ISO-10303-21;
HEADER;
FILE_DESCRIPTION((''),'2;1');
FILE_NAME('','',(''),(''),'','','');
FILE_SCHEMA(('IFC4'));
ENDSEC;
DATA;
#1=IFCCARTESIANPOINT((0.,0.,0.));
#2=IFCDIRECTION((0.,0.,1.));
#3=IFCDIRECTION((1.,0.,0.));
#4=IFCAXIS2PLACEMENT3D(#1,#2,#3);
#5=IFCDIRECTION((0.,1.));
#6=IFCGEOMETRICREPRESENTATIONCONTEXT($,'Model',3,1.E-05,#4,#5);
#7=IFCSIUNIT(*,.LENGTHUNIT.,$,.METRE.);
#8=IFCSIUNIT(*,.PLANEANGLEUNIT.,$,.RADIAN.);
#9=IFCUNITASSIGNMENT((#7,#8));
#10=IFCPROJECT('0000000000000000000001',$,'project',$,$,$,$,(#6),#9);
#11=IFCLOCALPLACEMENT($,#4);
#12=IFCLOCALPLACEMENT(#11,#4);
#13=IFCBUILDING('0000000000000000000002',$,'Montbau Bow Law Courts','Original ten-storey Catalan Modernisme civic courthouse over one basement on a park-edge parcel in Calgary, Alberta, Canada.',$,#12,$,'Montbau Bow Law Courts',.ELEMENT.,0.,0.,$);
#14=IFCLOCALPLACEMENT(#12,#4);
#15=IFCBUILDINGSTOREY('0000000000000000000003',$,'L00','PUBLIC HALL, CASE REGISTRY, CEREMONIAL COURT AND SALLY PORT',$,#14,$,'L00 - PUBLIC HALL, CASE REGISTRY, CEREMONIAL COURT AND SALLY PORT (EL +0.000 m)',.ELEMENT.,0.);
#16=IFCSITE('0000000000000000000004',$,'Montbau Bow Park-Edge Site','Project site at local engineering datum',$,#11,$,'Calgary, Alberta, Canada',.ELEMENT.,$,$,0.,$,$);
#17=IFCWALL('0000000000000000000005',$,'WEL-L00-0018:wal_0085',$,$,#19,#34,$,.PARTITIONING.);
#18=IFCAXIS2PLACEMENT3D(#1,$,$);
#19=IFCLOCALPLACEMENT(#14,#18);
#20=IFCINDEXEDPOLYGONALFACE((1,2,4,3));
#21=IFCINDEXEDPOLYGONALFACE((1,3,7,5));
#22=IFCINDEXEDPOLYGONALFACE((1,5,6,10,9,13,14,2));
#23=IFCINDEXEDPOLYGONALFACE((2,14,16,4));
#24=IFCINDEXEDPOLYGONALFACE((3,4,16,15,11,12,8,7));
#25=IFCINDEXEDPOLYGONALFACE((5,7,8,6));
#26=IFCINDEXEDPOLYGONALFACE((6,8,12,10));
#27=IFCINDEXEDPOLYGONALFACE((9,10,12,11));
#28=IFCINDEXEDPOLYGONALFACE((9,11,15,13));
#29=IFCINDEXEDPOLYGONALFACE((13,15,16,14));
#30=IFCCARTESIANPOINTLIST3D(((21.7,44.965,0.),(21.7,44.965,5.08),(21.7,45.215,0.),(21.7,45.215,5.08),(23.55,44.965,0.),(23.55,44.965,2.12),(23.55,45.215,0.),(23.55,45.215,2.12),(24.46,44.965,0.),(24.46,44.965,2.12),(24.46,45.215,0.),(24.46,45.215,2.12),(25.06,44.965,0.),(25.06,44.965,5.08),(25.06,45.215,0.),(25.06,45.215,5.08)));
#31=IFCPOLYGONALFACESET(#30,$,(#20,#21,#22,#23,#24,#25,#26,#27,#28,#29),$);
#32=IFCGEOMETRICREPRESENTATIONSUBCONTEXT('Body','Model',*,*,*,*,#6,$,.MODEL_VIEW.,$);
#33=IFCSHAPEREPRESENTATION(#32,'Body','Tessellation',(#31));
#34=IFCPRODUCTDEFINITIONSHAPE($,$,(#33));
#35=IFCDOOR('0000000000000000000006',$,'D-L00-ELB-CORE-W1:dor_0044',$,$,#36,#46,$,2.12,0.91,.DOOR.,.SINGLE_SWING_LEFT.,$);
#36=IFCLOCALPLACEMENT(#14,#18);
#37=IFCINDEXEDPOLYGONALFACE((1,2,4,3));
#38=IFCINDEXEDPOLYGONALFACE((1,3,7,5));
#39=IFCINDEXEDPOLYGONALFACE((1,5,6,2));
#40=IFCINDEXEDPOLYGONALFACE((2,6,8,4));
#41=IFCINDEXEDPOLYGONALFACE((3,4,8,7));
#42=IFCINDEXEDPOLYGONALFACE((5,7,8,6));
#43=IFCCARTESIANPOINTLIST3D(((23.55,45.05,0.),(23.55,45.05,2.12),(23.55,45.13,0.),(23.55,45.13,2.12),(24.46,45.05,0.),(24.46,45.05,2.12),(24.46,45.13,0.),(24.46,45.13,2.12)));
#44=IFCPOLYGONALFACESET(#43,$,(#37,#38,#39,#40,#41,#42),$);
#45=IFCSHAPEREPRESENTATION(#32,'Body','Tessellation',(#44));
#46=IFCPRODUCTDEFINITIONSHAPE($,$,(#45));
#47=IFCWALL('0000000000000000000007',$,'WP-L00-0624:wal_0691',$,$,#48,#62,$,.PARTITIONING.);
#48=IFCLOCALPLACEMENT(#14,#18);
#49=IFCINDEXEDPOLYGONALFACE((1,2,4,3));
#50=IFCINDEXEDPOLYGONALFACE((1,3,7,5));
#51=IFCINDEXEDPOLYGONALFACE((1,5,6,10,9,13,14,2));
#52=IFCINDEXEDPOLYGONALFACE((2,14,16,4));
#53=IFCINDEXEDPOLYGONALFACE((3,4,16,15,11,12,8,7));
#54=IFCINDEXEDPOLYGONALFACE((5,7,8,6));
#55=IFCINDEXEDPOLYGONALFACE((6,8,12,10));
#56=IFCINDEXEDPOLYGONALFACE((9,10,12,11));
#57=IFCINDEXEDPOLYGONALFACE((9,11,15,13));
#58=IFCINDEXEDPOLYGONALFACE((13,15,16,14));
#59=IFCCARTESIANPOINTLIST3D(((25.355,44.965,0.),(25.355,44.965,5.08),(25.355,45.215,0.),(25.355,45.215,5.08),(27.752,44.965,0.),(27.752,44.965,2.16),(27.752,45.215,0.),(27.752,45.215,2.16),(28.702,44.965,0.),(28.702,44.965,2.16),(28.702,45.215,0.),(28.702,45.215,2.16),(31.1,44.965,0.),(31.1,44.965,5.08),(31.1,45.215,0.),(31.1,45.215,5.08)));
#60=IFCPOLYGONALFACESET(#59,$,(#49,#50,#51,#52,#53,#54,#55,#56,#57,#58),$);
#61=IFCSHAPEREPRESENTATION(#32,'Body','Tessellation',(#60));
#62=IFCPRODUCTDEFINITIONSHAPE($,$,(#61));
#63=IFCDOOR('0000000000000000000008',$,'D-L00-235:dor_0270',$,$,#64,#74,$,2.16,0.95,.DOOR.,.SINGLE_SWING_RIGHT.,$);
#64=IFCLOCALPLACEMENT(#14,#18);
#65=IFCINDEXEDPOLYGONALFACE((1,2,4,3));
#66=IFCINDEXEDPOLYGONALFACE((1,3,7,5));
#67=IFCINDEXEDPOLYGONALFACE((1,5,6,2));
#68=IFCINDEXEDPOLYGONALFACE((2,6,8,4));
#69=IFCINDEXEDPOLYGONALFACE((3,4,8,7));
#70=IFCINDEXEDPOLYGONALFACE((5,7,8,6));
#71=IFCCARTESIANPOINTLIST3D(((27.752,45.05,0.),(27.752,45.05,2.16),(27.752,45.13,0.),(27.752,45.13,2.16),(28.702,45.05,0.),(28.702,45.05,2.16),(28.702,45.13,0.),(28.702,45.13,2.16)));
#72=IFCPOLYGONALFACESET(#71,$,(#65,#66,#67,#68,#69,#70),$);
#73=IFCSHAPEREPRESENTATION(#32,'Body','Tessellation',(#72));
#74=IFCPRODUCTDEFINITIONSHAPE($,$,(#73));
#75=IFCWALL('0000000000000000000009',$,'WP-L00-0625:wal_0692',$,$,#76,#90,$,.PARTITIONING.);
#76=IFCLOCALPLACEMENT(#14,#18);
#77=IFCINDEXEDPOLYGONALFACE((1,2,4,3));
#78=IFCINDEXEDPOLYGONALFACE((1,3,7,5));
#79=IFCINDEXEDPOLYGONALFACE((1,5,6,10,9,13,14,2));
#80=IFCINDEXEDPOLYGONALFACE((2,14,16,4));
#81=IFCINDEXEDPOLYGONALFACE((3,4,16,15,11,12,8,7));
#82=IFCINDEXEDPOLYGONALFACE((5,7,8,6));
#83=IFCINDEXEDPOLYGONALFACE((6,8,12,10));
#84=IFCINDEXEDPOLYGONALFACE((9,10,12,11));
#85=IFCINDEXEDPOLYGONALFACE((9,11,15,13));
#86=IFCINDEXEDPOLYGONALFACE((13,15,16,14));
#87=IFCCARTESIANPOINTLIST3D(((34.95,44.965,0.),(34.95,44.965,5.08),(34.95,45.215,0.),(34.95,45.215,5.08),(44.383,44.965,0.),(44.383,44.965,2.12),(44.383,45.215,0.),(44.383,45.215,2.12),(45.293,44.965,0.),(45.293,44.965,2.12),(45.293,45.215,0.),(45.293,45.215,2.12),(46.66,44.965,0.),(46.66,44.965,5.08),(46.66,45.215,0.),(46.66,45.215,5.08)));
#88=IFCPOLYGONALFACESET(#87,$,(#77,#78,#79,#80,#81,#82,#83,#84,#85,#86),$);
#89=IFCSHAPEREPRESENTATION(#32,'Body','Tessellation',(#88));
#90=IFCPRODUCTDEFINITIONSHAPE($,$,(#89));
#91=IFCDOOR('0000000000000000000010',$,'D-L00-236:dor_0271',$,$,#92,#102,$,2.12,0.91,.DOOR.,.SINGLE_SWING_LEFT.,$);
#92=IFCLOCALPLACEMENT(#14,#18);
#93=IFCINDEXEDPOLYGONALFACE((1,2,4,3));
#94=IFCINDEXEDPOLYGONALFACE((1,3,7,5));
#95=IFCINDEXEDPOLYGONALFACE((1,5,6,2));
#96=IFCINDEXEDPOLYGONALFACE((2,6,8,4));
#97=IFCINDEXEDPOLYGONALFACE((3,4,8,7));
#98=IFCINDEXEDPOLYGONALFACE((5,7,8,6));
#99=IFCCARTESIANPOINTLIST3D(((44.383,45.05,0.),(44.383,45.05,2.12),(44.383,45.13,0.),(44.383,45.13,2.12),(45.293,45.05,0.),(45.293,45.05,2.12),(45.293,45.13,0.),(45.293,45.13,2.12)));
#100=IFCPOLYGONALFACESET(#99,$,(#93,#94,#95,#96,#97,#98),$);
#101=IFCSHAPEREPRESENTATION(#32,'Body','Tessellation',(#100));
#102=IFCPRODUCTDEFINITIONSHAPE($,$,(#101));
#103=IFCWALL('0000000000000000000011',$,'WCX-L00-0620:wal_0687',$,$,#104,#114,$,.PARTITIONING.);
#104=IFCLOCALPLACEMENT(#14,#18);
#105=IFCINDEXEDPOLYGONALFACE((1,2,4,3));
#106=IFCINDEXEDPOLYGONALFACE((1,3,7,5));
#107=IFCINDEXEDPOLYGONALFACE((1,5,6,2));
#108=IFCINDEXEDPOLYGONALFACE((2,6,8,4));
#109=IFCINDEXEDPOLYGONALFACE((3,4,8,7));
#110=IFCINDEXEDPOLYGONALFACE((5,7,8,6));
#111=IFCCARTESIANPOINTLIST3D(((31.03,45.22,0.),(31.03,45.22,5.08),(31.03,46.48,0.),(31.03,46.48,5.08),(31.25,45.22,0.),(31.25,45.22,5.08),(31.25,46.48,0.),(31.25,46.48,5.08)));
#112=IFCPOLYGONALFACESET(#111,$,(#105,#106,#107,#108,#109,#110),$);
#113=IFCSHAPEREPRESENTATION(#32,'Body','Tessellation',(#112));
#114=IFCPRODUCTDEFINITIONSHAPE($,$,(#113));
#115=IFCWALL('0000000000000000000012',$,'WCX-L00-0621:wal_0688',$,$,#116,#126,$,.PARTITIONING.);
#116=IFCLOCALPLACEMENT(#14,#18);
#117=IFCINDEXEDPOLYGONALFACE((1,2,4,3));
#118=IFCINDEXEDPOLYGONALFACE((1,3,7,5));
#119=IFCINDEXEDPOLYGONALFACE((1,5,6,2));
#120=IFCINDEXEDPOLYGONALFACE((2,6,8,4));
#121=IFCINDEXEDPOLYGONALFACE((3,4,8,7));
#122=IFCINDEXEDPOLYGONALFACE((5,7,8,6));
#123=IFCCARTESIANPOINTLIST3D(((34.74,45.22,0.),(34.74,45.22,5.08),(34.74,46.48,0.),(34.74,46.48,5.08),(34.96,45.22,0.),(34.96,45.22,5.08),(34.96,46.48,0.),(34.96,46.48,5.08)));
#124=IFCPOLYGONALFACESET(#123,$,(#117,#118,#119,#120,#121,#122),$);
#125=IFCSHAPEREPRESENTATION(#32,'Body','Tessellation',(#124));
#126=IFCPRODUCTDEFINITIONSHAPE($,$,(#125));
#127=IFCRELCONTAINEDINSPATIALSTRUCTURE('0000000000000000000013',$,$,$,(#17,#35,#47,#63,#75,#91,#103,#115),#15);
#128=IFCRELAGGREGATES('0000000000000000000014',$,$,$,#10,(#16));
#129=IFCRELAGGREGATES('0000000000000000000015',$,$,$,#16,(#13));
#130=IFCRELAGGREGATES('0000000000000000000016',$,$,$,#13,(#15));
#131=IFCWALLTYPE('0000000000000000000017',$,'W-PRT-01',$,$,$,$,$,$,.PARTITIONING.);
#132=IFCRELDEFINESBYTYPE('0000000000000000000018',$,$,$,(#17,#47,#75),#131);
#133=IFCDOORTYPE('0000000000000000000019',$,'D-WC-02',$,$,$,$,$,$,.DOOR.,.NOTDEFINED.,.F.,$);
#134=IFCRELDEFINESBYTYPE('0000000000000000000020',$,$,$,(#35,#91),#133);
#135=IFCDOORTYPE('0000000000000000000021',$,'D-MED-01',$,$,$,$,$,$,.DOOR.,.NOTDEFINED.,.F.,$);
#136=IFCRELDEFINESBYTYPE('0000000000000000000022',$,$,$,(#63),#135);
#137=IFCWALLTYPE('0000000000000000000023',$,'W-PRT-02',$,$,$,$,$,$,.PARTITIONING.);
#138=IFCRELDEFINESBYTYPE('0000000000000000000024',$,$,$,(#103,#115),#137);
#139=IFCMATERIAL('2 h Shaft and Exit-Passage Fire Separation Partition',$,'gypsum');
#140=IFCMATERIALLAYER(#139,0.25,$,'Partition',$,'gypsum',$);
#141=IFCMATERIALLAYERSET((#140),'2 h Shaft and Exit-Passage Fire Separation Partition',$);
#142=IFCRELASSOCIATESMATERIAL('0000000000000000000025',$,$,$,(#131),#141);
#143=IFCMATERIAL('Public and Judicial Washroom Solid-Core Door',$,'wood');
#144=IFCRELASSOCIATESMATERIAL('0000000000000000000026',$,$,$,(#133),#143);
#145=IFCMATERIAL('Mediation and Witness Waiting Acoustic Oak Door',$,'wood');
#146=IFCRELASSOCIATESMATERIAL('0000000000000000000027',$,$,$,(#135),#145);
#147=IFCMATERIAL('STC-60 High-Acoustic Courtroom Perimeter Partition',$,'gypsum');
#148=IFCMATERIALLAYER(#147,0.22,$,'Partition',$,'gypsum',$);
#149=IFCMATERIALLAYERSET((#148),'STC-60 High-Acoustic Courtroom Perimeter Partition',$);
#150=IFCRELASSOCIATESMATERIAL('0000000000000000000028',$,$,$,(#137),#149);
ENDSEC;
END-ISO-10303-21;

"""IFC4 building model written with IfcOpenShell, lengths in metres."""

from ifc_helpers import new_model, si_unit, direction, frame, frame_2d, origin_with_axes, place, context, subcontext, project, spatial, rectangle, extrude, material, layer, layer_set, type_object, element, fill, save


model = new_model("IFC4")

# Units and contexts
model_context = context("Model", 3, precision=1e-05, world=origin_with_axes(), true_north=direction((0.0, 1.0)))
body_context = subcontext(model_context, "Body", "Model", "MODEL_VIEW")
ifc_project = project(units=[si_unit("LENGTHUNIT", "METRE"), si_unit("PLANEANGLEUNIT", "RADIAN")], contexts=[model_context])

# Site, building, storey
site_placement = place(None, origin_with_axes())
site = spatial("IfcSite", under=ifc_project, at=site_placement, Name="Montbau Bow Park-Edge Site", Description="Project site at local engineering datum", LongName="Calgary, Alberta, Canada", CompositionType="ELEMENT", RefElevation=0.0)
building_placement = place(site_placement, origin_with_axes())
building = spatial("IfcBuilding", under=site, at=building_placement, Name="Montbau Bow Law Courts", Description="Original ten-storey Catalan Modernisme civic courthouse over one basement on a park-edge parcel in Calgary, Alberta, Canada.", LongName="Montbau Bow Law Courts", CompositionType="ELEMENT", ElevationOfRefHeight=0.0, ElevationOfTerrain=0.0)
storey_placement = place(building_placement, origin_with_axes())
storey = spatial("IfcBuildingStorey", under=building, at=storey_placement, Name="L00", Description="PUBLIC HALL, CASE REGISTRY, CEREMONIAL COURT AND SALLY PORT", LongName="L00 - PUBLIC HALL, CASE REGISTRY, CEREMONIAL COURT AND SALLY PORT (EL +0.000 m)", CompositionType="ELEMENT", Elevation=0.0)

# Shared definitions
ifc_material_1 = material(Name="2 h Shaft and Exit-Passage Fire Separation Partition", Category="gypsum")
ifc_layer_1 = layer(ifc_material_1, 0.25, Name="Partition", Category="gypsum")
ifc_layer_set_1 = layer_set([ifc_layer_1], Name="2 h Shaft and Exit-Passage Fire Separation Partition")
wall_type_1 = type_object("IfcWallType", Name="W-PRT-01", PredefinedType="PARTITIONING", material=ifc_layer_set_1)

# Walls, openings, doors
wall_1_placement = place(None, frame((21.7, 45.09, 0.0), z_axis=(0.0, 0.0, 1.0), x_axis=(1.0, 0.0, 0.0)))
wall_1 = element("IfcWall", 1, at=wall_1_placement, inside=storey, type_object=wall_type_1, Name="WEL-L00-0018:wal_0085", PredefinedType="PARTITIONING", context=body_context, shape_type="SweptSolid", body=[
    extrude(rectangle(XDim=3.36, YDim=0.25, at=frame_2d((1.68, 0.0), x_axis=(1.0, 0.0))), origin_with_axes(), (0.0, 0.0, 1.0), 5.08),
])
opening_1_placement = place(None, frame((24.005, 45.09, 0.0), z_axis=(0.0, 0.0, 1.0), x_axis=(1.0, 0.0, 0.0)))
opening_1 = element("IfcOpeningElement", 2, at=opening_1_placement, cuts=wall_1, PredefinedType="OPENING", context=body_context, shape_type="SweptSolid", body=[
    extrude(rectangle(XDim=0.91, YDim=2.12, at=frame_2d((0.0, 1.06), x_axis=(1.0, 0.0))), frame((0.0, 0.135, 0.0), z_axis=(0.0, -1.0, 0.0), x_axis=(1.0, 0.0, 0.0)), (0.0, 0.0, 1.0), 0.27),
])
ifc_material_2 = material(Name="Public and Judicial Washroom Solid-Core Door", Category="wood")
door_type_1 = type_object("IfcDoorType", Name="D-WC-02", OperationType="NOTDEFINED", ParameterTakesPrecedence=False, PredefinedType="DOOR", material=ifc_material_2)
door_1_placement = place(None, frame((24.005, 45.09, 0.0), z_axis=(0.0, 0.0, 1.0), x_axis=(1.0, 0.0, 0.0)))
door_1 = element("IfcDoor", 3, at=door_1_placement, inside=storey, type_object=door_type_1, Name="D-L00-ELB-CORE-W1:dor_0044", OperationType="SINGLE_SWING_LEFT", OverallHeight=2.12, OverallWidth=0.91, PredefinedType="DOOR", context=body_context, shape_type="SweptSolid", body=[
    extrude(rectangle(XDim=0.91, YDim=2.12, at=frame_2d((0.0, 1.06), x_axis=(1.0, 0.0))), frame((0.0, 0.04, 0.0), z_axis=(0.0, -1.0, 0.0), x_axis=(1.0, 0.0, 0.0)), (0.0, 0.0, 1.0), 0.08),
])
fill(opening_1, door_1)
wall_2_placement = place(None, frame((25.355, 45.09, 0.0), z_axis=(0.0, 0.0, 1.0), x_axis=(1.0, 0.0, 0.0)))
wall_2 = element("IfcWall", 4, at=wall_2_placement, inside=storey, type_object=wall_type_1, Name="WP-L00-0624:wal_0691", PredefinedType="PARTITIONING", context=body_context, shape_type="SweptSolid", body=[
    extrude(rectangle(XDim=5.745, YDim=0.25, at=frame_2d((2.8725, 0.0), x_axis=(1.0, 0.0))), origin_with_axes(), (0.0, 0.0, 1.0), 5.08),
])
opening_2_placement = place(None, frame((28.227, 45.09, 0.0), z_axis=(0.0, 0.0, 1.0), x_axis=(1.0, 0.0, 0.0)))
opening_2 = element("IfcOpeningElement", 5, at=opening_2_placement, cuts=wall_2, PredefinedType="OPENING", context=body_context, shape_type="SweptSolid", body=[
    extrude(rectangle(XDim=0.95, YDim=2.16, at=frame_2d((0.0, 1.08), x_axis=(1.0, 0.0))), frame((0.0, 0.135, 0.0), z_axis=(0.0, -1.0, 0.0), x_axis=(1.0, 0.0, 0.0)), (0.0, 0.0, 1.0), 0.27),
])
ifc_material_3 = material(Name="Mediation and Witness Waiting Acoustic Oak Door", Category="wood")
door_type_2 = type_object("IfcDoorType", Name="D-MED-01", OperationType="NOTDEFINED", ParameterTakesPrecedence=False, PredefinedType="DOOR", material=ifc_material_3)
door_2_placement = place(None, frame((28.227, 45.09, 0.0), z_axis=(0.0, 0.0, 1.0), x_axis=(-1.0, 0.0, 0.0)))
door_2 = element("IfcDoor", 6, at=door_2_placement, inside=storey, type_object=door_type_2, Name="D-L00-235:dor_0270", OperationType="SINGLE_SWING_RIGHT", OverallHeight=2.16, OverallWidth=0.95, PredefinedType="DOOR", context=body_context, shape_type="SweptSolid", body=[
    extrude(rectangle(XDim=0.95, YDim=2.16, at=frame_2d((0.0, 1.08), x_axis=(1.0, 0.0))), frame((0.0, 0.04, 0.0), z_axis=(0.0, -1.0, 0.0), x_axis=(1.0, 0.0, 0.0)), (0.0, 0.0, 1.0), 0.08),
])
fill(opening_2, door_2)
wall_3_placement = place(None, frame((34.95, 45.09, 0.0), z_axis=(0.0, 0.0, 1.0), x_axis=(1.0, 0.0, 0.0)))
wall_3 = element("IfcWall", 7, at=wall_3_placement, inside=storey, type_object=wall_type_1, Name="WP-L00-0625:wal_0692", PredefinedType="PARTITIONING", context=body_context, shape_type="SweptSolid", body=[
    extrude(rectangle(XDim=11.71, YDim=0.25, at=frame_2d((5.855, 0.0), x_axis=(1.0, 0.0))), origin_with_axes(), (0.0, 0.0, 1.0), 5.08),
])
opening_3_placement = place(None, frame((44.838, 45.09, 0.0), z_axis=(0.0, 0.0, 1.0), x_axis=(1.0, 0.0, 0.0)))
opening_3 = element("IfcOpeningElement", 8, at=opening_3_placement, cuts=wall_3, PredefinedType="OPENING", context=body_context, shape_type="SweptSolid", body=[
    extrude(rectangle(XDim=0.91, YDim=2.12, at=frame_2d((0.0, 1.06), x_axis=(1.0, 0.0))), frame((0.0, 0.135, 0.0), z_axis=(0.0, -1.0, 0.0), x_axis=(1.0, 0.0, 0.0)), (0.0, 0.0, 1.0), 0.27),
])
door_3_placement = place(None, frame((44.838, 45.09, 0.0), z_axis=(0.0, 0.0, 1.0), x_axis=(-1.0, 0.0, 0.0)))
door_3 = element("IfcDoor", 9, at=door_3_placement, inside=storey, type_object=door_type_1, Name="D-L00-236:dor_0271", OperationType="SINGLE_SWING_LEFT", OverallHeight=2.12, OverallWidth=0.91, PredefinedType="DOOR", context=body_context, shape_type="SweptSolid", body=[
    extrude(rectangle(XDim=0.91, YDim=2.12, at=frame_2d((0.0, 1.06), x_axis=(1.0, 0.0))), frame((0.0, 0.04, 0.0), z_axis=(0.0, -1.0, 0.0), x_axis=(1.0, 0.0, 0.0)), (0.0, 0.0, 1.0), 0.08),
])
fill(opening_3, door_3)

# Walls
ifc_material_4 = material(Name="STC-60 High-Acoustic Courtroom Perimeter Partition", Category="gypsum")
ifc_layer_2 = layer(ifc_material_4, 0.22, Name="Partition", Category="gypsum")
ifc_layer_set_2 = layer_set([ifc_layer_2], Name="STC-60 High-Acoustic Courtroom Perimeter Partition")
wall_type_2 = type_object("IfcWallType", Name="W-PRT-02", PredefinedType="PARTITIONING", material=ifc_layer_set_2)
for number, where, z_axis, x_axis, name in (
    (10, (31.14, 45.22, 0.0), (0.0, 0.0, 1.0), (0.0, 1.0, 0.0), "WCX-L00-0620:wal_0687"),
    (11, (34.85, 45.22, 0.0), (0.0, 0.0, 1.0), (0.0, 1.0, 0.0), "WCX-L00-0621:wal_0688"),
):
    element("IfcWall", number, at=place(None, frame(where, z_axis=z_axis, x_axis=x_axis)), inside=storey, type_object=wall_type_2, Name=name, PredefinedType="PARTITIONING", context=body_context, shape_type="SweptSolid", body=[
        extrude(rectangle(XDim=1.26, YDim=0.22, at=frame_2d((0.63, 0.0), x_axis=(1.0, 0.0))), origin_with_axes(), (0.0, 0.0, 1.0), 5.08),
    ])

save(model, "model.ifc")
